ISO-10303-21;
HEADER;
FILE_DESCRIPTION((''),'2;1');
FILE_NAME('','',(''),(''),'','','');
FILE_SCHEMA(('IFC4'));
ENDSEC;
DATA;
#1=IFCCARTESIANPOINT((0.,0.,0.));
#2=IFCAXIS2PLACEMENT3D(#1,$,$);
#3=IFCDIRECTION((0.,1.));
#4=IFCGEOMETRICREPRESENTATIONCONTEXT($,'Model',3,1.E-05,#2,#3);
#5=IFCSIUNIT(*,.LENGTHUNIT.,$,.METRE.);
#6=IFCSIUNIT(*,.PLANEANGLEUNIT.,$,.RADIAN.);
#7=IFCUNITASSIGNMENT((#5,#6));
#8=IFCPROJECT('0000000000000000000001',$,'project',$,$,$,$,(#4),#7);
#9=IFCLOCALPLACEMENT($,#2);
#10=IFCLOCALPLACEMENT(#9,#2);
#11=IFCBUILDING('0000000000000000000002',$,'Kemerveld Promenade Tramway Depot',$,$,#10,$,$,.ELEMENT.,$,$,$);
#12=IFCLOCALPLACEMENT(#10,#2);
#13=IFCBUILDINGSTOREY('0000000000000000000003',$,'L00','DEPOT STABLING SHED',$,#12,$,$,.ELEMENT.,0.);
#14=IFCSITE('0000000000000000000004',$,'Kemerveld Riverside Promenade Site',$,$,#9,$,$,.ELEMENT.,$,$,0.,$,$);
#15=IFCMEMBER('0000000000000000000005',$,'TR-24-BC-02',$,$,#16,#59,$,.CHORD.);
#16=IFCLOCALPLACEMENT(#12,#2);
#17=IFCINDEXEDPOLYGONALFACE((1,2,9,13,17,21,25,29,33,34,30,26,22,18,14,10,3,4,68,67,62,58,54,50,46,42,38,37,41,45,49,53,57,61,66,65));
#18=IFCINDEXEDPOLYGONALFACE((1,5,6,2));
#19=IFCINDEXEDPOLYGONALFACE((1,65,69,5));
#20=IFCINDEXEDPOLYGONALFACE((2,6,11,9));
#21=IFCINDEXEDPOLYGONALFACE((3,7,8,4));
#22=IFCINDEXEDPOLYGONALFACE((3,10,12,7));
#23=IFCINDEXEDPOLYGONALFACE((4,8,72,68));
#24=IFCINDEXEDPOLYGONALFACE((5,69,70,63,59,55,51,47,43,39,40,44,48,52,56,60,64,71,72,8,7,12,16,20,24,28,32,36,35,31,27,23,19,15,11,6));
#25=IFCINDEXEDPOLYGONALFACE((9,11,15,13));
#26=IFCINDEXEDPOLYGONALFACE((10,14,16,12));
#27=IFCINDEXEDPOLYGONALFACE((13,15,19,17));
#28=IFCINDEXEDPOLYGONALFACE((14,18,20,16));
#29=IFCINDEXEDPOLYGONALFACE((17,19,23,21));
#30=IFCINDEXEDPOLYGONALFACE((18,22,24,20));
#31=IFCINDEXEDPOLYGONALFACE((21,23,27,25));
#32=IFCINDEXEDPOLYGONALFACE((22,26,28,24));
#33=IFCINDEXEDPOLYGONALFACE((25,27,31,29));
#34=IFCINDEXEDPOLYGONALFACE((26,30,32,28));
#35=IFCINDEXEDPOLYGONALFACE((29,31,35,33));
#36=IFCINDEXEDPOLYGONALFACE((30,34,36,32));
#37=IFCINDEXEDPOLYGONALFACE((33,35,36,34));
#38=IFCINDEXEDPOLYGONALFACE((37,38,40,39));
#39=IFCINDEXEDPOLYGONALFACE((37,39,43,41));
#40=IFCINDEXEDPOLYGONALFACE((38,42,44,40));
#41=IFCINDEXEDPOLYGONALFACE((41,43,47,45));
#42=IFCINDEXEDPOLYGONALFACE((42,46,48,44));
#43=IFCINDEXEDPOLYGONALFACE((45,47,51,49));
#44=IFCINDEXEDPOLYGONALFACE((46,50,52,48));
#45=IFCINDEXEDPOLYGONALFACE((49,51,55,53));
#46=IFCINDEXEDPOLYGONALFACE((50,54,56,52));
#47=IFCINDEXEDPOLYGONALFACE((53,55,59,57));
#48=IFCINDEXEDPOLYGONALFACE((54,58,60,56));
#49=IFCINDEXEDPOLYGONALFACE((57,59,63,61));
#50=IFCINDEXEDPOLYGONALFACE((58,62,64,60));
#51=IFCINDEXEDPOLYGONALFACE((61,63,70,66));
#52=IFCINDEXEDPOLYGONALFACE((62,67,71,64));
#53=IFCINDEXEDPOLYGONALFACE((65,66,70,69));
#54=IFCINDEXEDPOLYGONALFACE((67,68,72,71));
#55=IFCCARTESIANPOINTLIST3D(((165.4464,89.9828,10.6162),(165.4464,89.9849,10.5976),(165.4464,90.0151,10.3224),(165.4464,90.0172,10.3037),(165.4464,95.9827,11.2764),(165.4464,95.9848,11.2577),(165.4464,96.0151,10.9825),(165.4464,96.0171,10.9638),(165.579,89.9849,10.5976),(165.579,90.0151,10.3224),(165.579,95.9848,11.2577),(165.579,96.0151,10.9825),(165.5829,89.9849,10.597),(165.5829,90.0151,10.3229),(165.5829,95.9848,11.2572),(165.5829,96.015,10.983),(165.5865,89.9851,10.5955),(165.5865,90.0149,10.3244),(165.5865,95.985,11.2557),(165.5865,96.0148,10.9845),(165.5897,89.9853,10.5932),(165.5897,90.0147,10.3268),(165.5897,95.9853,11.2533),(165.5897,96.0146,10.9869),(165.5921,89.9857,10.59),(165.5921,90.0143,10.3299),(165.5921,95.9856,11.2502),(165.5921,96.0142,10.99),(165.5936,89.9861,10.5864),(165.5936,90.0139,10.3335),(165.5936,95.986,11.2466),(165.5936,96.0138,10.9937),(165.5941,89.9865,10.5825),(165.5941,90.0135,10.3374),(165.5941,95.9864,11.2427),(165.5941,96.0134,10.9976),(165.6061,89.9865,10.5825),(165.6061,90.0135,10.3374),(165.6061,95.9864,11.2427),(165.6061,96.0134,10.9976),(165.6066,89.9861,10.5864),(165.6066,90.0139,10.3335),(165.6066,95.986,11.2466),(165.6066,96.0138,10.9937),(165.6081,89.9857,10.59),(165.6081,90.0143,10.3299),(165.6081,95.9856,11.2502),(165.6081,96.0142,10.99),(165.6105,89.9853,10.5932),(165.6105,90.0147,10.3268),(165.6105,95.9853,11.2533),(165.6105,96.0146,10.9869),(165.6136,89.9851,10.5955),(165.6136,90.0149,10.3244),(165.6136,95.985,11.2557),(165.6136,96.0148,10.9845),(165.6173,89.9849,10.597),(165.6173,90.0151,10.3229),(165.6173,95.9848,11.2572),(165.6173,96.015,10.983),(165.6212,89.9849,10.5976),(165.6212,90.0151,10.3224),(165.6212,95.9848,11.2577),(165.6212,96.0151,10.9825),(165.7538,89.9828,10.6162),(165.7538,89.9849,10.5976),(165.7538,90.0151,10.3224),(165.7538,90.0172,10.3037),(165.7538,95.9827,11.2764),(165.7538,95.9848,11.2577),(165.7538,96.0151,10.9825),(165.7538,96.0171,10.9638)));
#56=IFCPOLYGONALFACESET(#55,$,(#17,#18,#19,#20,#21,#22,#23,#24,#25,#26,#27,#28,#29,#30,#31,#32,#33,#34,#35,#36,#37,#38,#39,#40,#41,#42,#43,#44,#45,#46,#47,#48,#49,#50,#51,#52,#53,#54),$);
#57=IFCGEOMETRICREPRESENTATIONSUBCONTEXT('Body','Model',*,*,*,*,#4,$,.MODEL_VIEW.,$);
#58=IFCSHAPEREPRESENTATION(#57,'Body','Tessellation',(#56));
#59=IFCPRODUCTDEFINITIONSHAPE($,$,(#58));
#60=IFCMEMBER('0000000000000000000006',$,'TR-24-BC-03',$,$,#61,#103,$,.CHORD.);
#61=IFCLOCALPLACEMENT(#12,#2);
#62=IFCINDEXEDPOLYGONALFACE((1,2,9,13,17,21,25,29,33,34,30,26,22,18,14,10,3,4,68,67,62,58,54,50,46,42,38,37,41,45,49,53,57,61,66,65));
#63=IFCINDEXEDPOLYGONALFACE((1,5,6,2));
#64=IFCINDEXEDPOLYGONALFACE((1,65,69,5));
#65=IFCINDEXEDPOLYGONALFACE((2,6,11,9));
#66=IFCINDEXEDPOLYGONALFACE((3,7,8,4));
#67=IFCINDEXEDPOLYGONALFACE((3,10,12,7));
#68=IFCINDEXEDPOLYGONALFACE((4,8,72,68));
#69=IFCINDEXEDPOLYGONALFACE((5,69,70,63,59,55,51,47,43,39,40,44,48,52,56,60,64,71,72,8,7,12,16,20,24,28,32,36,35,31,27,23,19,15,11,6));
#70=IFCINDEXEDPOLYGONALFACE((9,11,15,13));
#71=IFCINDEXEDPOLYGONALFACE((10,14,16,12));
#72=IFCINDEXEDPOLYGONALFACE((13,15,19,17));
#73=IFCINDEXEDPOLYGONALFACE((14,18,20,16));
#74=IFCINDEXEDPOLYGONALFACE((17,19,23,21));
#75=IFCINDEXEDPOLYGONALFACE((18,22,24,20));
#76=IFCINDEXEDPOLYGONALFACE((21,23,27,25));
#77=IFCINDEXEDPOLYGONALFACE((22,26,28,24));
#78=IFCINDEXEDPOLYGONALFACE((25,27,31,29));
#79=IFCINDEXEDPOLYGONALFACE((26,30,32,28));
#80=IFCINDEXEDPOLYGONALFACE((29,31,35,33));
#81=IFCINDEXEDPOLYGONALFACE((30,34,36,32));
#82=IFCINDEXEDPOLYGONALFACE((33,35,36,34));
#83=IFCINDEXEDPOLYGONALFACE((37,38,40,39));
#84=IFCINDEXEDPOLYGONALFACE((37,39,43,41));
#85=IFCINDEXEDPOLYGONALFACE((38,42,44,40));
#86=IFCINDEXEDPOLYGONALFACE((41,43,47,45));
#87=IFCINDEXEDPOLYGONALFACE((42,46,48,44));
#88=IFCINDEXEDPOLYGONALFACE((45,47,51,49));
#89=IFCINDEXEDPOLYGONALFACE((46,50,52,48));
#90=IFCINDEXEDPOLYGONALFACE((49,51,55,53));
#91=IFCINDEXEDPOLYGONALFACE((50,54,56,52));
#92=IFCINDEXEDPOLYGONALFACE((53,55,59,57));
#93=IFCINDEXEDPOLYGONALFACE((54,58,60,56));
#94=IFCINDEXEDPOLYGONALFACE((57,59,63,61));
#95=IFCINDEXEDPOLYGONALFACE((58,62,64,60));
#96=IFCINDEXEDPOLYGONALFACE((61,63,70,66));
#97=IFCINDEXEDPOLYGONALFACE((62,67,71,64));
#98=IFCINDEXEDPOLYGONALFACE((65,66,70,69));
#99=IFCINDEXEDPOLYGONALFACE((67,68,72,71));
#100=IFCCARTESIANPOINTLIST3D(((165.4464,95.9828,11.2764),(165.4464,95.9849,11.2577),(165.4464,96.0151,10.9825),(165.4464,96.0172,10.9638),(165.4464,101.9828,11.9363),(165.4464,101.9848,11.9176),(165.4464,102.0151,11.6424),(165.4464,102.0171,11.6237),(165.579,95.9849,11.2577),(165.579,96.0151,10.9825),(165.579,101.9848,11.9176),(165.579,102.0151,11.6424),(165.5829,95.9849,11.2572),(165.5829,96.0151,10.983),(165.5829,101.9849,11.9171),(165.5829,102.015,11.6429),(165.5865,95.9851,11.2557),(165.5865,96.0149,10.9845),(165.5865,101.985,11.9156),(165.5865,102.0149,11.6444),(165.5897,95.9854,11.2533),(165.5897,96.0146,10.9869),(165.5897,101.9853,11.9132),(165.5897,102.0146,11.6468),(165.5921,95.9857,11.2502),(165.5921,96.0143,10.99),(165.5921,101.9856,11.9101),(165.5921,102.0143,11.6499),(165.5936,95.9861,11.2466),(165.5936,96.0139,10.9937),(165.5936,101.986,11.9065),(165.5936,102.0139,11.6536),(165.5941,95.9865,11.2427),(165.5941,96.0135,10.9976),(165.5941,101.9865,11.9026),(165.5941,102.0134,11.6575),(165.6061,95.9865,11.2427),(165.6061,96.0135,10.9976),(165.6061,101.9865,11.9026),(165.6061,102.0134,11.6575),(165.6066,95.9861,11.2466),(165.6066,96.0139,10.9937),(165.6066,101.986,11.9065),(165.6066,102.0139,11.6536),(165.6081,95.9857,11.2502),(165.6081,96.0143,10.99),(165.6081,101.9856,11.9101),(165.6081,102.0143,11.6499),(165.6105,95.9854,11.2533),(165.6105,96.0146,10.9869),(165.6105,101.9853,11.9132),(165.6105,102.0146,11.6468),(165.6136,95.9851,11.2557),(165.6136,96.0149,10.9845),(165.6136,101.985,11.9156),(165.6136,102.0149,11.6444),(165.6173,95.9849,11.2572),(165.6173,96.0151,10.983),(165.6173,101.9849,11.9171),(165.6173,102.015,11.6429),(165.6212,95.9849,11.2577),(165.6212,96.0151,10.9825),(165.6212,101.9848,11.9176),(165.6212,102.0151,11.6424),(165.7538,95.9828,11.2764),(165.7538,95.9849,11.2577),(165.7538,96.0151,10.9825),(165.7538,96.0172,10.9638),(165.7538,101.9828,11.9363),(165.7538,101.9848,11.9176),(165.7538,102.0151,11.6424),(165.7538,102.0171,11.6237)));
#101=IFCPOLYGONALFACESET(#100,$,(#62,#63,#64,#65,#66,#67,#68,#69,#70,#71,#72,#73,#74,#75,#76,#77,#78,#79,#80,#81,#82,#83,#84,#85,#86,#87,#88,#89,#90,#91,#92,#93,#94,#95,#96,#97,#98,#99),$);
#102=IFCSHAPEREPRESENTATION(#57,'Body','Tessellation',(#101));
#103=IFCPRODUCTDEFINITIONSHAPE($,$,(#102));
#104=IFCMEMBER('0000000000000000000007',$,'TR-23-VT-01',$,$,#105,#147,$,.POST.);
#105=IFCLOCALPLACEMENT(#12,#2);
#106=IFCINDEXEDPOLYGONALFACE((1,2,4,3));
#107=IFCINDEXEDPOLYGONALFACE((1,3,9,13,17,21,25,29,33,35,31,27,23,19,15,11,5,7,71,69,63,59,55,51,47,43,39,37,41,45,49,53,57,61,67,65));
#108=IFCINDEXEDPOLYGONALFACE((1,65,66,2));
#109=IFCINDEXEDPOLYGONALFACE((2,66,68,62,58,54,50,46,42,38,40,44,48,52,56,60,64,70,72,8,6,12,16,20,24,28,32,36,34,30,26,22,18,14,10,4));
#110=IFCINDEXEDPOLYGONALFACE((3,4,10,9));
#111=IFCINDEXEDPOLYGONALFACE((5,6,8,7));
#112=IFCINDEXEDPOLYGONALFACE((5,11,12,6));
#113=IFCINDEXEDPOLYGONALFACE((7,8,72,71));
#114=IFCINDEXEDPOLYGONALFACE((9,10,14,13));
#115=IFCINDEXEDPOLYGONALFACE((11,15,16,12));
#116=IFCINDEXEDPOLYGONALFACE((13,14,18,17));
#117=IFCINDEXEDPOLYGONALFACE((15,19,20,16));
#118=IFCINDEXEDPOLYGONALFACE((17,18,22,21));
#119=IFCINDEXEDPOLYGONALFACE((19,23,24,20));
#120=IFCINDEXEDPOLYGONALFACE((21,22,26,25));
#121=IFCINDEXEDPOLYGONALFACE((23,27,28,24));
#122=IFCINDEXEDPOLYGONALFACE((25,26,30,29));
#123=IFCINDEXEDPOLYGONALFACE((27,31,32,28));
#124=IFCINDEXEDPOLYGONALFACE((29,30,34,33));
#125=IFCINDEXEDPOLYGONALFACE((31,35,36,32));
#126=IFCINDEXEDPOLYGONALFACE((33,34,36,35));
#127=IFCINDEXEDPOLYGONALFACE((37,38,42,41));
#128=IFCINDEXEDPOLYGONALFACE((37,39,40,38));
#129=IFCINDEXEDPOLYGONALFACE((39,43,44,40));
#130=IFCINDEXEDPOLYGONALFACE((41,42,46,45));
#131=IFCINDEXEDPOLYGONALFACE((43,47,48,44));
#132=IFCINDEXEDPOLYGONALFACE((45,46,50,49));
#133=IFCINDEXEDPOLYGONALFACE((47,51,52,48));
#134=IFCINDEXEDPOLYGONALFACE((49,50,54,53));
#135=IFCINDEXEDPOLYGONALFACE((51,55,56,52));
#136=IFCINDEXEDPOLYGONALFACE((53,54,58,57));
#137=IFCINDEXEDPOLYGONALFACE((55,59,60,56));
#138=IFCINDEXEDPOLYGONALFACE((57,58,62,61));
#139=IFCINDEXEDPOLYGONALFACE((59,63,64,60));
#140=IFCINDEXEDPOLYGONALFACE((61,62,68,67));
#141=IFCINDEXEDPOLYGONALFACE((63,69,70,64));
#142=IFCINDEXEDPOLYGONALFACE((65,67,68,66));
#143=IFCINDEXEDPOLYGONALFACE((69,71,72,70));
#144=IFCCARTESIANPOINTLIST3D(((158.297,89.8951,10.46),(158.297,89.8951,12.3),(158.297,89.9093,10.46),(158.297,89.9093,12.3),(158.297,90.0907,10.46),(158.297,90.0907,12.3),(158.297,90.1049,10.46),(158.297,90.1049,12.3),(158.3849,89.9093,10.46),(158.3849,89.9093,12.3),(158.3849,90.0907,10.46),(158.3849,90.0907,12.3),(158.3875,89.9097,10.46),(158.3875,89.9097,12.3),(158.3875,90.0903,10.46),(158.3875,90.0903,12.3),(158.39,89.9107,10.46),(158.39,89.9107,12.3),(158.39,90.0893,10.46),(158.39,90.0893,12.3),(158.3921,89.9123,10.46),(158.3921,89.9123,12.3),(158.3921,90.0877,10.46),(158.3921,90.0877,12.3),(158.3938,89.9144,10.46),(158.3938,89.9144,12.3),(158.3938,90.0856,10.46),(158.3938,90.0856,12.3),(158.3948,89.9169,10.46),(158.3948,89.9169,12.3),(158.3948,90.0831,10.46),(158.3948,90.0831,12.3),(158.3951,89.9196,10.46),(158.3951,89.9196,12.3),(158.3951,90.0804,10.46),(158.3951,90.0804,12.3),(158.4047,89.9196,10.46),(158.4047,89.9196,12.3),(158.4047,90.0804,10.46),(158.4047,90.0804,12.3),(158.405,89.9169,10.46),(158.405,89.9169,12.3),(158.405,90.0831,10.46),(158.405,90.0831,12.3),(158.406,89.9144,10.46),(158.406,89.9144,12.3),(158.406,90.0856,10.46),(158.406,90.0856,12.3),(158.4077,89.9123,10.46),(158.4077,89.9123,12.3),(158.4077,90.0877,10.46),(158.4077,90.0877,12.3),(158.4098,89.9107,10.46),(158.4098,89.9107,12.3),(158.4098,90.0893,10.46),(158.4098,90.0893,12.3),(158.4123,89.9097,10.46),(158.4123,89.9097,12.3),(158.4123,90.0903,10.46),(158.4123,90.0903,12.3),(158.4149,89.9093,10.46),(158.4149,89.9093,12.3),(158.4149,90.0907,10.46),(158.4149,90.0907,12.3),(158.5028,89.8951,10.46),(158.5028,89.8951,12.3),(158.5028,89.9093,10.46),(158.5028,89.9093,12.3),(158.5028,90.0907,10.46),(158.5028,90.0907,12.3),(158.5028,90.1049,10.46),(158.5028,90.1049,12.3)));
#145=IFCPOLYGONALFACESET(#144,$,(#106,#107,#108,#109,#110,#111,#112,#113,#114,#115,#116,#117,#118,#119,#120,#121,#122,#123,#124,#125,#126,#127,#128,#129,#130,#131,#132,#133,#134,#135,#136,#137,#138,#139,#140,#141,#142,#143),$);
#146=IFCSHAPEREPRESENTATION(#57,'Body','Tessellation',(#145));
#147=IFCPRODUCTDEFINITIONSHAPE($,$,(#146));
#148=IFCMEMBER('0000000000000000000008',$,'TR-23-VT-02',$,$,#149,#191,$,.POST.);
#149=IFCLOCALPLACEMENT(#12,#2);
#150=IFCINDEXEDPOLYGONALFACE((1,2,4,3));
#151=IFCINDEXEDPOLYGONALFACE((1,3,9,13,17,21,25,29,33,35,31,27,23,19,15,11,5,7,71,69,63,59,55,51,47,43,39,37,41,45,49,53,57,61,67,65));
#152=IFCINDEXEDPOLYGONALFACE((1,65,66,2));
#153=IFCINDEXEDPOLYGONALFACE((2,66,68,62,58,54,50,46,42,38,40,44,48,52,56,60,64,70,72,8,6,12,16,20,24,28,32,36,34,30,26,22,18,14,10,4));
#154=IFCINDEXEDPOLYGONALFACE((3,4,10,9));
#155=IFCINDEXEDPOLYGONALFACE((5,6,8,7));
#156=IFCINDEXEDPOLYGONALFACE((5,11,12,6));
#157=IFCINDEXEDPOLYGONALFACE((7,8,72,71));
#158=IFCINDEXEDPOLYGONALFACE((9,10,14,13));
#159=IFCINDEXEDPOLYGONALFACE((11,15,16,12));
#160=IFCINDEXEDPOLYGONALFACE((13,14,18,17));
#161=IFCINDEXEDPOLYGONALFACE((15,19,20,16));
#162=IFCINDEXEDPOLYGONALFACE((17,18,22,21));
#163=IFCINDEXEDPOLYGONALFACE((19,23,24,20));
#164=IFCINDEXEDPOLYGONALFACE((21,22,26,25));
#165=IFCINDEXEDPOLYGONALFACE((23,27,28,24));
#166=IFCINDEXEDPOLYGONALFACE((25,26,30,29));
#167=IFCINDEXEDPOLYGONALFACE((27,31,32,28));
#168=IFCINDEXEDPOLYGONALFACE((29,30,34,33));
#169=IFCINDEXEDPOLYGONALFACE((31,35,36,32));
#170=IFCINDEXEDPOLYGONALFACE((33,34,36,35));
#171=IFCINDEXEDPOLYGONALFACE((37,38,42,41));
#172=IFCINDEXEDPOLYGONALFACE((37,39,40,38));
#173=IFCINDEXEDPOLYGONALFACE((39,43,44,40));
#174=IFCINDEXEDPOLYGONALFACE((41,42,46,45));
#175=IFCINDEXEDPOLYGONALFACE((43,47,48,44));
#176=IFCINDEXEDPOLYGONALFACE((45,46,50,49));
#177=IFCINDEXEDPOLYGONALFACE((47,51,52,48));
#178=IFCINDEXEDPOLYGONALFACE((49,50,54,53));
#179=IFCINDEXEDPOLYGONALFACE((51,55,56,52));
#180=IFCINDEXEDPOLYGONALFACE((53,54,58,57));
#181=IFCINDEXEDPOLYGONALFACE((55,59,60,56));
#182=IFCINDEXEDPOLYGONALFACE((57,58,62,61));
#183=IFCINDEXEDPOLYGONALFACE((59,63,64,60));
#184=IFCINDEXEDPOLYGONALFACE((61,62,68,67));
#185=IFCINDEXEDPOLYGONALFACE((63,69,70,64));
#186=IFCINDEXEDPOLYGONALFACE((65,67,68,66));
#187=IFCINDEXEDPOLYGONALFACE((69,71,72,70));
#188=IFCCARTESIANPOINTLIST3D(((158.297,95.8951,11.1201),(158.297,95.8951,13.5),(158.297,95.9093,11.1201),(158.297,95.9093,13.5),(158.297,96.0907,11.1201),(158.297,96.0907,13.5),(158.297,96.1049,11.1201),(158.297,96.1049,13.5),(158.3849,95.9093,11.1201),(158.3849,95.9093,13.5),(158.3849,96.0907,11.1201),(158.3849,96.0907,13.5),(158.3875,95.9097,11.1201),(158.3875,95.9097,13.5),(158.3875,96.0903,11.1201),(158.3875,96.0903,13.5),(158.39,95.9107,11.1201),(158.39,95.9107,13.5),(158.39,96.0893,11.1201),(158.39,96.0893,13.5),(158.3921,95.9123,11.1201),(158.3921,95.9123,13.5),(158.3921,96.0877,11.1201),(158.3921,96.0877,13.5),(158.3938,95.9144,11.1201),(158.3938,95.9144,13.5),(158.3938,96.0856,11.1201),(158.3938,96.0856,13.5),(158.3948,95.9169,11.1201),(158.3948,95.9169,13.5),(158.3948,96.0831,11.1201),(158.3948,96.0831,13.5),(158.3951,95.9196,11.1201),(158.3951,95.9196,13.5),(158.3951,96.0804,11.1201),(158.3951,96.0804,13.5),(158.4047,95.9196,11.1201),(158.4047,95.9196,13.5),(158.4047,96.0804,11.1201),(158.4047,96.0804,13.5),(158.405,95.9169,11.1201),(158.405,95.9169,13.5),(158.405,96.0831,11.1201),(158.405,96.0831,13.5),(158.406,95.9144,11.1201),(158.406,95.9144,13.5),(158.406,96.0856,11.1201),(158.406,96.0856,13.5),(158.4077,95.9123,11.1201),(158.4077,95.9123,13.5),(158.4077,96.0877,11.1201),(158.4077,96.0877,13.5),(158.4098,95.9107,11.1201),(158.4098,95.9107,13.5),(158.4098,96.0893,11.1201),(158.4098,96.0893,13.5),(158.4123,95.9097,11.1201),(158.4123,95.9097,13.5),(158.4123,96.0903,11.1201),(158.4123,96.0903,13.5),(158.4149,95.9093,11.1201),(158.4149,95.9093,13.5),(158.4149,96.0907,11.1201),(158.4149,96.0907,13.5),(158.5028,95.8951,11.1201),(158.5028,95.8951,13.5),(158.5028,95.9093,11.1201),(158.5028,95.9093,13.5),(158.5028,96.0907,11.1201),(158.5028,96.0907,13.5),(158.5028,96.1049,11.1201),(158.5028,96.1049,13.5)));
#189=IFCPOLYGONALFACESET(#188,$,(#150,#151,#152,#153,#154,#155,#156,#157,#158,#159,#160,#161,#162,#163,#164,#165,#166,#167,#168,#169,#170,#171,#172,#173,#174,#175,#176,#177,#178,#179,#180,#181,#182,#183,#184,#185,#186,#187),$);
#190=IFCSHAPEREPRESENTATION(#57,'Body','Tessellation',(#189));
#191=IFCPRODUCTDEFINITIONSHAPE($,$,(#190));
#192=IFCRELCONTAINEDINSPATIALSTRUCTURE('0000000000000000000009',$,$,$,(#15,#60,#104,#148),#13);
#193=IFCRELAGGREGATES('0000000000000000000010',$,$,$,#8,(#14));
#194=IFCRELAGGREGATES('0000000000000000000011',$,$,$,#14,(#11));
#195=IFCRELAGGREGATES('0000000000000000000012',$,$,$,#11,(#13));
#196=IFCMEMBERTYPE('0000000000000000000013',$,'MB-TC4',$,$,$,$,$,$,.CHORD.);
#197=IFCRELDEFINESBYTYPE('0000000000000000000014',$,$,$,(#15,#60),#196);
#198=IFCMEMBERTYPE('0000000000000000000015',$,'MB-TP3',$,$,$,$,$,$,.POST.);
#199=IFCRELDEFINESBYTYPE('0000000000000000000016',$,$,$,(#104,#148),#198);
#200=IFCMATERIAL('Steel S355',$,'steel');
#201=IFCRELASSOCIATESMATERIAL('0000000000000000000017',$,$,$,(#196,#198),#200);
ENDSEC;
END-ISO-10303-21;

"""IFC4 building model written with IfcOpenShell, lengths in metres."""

from ifc_helpers import new_model, si_unit, direction, frame, origin, origin_2d, place, context, subcontext, project, spatial, i_section, extrude, material, material_profile, profile_set, type_object, element, save


model = new_model("IFC4")

# Units and contexts
model_context = context("Model", 3, precision=1e-05, world=origin(), true_north=direction((0.0, 1.0)))
body_context = subcontext(model_context, "Body", "Model", "MODEL_VIEW")
ifc_project = project(units=[si_unit("LENGTHUNIT", "METRE"), si_unit("PLANEANGLEUNIT", "RADIAN")], contexts=[model_context])

# Site, building, storey
site_placement = place(None, origin())
site = spatial("IfcSite", under=ifc_project, at=site_placement, Name="Kemerveld Riverside Promenade Site", CompositionType="ELEMENT", RefElevation=0.0)
building_placement = place(site_placement, origin())
building = spatial("IfcBuilding", under=site, at=building_placement, Name="Kemerveld Promenade Tramway Depot", CompositionType="ELEMENT")
storey_placement = place(building_placement, origin())
storey = spatial("IfcBuildingStorey", under=building, at=storey_placement, Name="L00", Description="DEPOT STABLING SHED", CompositionType="ELEMENT", Elevation=0.0)

# Members
ifc_material_1 = material(Name="Steel S355", Category="steel")
ifc_material_profile_1 = material_profile(ifc_material_1, i_section(OverallWidth=0.3074, OverallDepth=0.3145, WebThickness=0.012, FlangeThickness=0.0188, FilletRadius=0.0151, at=origin_2d()), Name="305x305x118 UC")
ifc_profile_set_1 = profile_set([ifc_material_profile_1], Name="Steel S355")
member_type_1 = type_object("IfcMemberType", Name="MB-TC4", PredefinedType="CHORD", material=ifc_profile_set_1)
for number, where, z_axis, x_axis, name in (
    (1, (165.6001, 90.0, 10.46), (0.0, 0.994002, 0.109366), (-1.0, 0.0, 0.0), "TR-24-BC-02"),
    (2, (165.6001, 96.0, 11.1201), (0.0, 0.994006, 0.109326), (-1.0, 0.0, 0.0), "TR-24-BC-03"),
):
    element("IfcMember", number, at=place(storey_placement, frame(where, z_axis=z_axis, x_axis=x_axis)), inside=storey, type_object=member_type_1, Name=name, PredefinedType="CHORD", context=body_context, shape_type="SweptSolid", body=[
        extrude(i_section(OverallWidth=0.3074, OverallDepth=0.3145, WebThickness=0.012, FlangeThickness=0.0188, FilletRadius=0.0151, at=origin_2d()), origin(), (0.0, 0.0, 1.0), 6.0361),
    ])
ifc_material_profile_2 = material_profile(ifc_material_1, i_section(OverallWidth=0.2058, OverallDepth=0.2097, WebThickness=0.0095, FlangeThickness=0.0142, FilletRadius=0.0103, at=origin_2d()), Name="203x203x60 UC")
ifc_profile_set_2 = profile_set([ifc_material_profile_2], Name="Steel S355")
member_type_2 = type_object("IfcMemberType", Name="MB-TP3", PredefinedType="POST", material=ifc_profile_set_2)
member_1_placement = place(storey_placement, frame((158.3999, 90.0, 10.46), z_axis=(0.0, 0.0, 1.0), x_axis=(1.0, 0.0, 0.0)))
element("IfcMember", 3, at=member_1_placement, inside=storey, type_object=member_type_2, Name="TR-23-VT-01", PredefinedType="POST", context=body_context, shape_type="SweptSolid", body=[
    extrude(i_section(OverallWidth=0.2058, OverallDepth=0.2097, WebThickness=0.0095, FlangeThickness=0.0142, FilletRadius=0.0103, at=origin_2d()), origin(), (0.0, 0.0, 1.0), 1.8401),
])
member_2_placement = place(storey_placement, frame((158.3999, 96.0, 11.1201), z_axis=(0.0, 0.0, 1.0), x_axis=(1.0, 0.0, 0.0)))
element("IfcMember", 4, at=member_2_placement, inside=storey, type_object=member_type_2, Name="TR-23-VT-02", PredefinedType="POST", context=body_context, shape_type="SweptSolid", body=[
    extrude(i_section(OverallWidth=0.2058, OverallDepth=0.2097, WebThickness=0.0095, FlangeThickness=0.0142, FilletRadius=0.0103, at=origin_2d()), origin(), (0.0, 0.0, 1.0), 2.3799),
])

save(model, "model.ifc")
